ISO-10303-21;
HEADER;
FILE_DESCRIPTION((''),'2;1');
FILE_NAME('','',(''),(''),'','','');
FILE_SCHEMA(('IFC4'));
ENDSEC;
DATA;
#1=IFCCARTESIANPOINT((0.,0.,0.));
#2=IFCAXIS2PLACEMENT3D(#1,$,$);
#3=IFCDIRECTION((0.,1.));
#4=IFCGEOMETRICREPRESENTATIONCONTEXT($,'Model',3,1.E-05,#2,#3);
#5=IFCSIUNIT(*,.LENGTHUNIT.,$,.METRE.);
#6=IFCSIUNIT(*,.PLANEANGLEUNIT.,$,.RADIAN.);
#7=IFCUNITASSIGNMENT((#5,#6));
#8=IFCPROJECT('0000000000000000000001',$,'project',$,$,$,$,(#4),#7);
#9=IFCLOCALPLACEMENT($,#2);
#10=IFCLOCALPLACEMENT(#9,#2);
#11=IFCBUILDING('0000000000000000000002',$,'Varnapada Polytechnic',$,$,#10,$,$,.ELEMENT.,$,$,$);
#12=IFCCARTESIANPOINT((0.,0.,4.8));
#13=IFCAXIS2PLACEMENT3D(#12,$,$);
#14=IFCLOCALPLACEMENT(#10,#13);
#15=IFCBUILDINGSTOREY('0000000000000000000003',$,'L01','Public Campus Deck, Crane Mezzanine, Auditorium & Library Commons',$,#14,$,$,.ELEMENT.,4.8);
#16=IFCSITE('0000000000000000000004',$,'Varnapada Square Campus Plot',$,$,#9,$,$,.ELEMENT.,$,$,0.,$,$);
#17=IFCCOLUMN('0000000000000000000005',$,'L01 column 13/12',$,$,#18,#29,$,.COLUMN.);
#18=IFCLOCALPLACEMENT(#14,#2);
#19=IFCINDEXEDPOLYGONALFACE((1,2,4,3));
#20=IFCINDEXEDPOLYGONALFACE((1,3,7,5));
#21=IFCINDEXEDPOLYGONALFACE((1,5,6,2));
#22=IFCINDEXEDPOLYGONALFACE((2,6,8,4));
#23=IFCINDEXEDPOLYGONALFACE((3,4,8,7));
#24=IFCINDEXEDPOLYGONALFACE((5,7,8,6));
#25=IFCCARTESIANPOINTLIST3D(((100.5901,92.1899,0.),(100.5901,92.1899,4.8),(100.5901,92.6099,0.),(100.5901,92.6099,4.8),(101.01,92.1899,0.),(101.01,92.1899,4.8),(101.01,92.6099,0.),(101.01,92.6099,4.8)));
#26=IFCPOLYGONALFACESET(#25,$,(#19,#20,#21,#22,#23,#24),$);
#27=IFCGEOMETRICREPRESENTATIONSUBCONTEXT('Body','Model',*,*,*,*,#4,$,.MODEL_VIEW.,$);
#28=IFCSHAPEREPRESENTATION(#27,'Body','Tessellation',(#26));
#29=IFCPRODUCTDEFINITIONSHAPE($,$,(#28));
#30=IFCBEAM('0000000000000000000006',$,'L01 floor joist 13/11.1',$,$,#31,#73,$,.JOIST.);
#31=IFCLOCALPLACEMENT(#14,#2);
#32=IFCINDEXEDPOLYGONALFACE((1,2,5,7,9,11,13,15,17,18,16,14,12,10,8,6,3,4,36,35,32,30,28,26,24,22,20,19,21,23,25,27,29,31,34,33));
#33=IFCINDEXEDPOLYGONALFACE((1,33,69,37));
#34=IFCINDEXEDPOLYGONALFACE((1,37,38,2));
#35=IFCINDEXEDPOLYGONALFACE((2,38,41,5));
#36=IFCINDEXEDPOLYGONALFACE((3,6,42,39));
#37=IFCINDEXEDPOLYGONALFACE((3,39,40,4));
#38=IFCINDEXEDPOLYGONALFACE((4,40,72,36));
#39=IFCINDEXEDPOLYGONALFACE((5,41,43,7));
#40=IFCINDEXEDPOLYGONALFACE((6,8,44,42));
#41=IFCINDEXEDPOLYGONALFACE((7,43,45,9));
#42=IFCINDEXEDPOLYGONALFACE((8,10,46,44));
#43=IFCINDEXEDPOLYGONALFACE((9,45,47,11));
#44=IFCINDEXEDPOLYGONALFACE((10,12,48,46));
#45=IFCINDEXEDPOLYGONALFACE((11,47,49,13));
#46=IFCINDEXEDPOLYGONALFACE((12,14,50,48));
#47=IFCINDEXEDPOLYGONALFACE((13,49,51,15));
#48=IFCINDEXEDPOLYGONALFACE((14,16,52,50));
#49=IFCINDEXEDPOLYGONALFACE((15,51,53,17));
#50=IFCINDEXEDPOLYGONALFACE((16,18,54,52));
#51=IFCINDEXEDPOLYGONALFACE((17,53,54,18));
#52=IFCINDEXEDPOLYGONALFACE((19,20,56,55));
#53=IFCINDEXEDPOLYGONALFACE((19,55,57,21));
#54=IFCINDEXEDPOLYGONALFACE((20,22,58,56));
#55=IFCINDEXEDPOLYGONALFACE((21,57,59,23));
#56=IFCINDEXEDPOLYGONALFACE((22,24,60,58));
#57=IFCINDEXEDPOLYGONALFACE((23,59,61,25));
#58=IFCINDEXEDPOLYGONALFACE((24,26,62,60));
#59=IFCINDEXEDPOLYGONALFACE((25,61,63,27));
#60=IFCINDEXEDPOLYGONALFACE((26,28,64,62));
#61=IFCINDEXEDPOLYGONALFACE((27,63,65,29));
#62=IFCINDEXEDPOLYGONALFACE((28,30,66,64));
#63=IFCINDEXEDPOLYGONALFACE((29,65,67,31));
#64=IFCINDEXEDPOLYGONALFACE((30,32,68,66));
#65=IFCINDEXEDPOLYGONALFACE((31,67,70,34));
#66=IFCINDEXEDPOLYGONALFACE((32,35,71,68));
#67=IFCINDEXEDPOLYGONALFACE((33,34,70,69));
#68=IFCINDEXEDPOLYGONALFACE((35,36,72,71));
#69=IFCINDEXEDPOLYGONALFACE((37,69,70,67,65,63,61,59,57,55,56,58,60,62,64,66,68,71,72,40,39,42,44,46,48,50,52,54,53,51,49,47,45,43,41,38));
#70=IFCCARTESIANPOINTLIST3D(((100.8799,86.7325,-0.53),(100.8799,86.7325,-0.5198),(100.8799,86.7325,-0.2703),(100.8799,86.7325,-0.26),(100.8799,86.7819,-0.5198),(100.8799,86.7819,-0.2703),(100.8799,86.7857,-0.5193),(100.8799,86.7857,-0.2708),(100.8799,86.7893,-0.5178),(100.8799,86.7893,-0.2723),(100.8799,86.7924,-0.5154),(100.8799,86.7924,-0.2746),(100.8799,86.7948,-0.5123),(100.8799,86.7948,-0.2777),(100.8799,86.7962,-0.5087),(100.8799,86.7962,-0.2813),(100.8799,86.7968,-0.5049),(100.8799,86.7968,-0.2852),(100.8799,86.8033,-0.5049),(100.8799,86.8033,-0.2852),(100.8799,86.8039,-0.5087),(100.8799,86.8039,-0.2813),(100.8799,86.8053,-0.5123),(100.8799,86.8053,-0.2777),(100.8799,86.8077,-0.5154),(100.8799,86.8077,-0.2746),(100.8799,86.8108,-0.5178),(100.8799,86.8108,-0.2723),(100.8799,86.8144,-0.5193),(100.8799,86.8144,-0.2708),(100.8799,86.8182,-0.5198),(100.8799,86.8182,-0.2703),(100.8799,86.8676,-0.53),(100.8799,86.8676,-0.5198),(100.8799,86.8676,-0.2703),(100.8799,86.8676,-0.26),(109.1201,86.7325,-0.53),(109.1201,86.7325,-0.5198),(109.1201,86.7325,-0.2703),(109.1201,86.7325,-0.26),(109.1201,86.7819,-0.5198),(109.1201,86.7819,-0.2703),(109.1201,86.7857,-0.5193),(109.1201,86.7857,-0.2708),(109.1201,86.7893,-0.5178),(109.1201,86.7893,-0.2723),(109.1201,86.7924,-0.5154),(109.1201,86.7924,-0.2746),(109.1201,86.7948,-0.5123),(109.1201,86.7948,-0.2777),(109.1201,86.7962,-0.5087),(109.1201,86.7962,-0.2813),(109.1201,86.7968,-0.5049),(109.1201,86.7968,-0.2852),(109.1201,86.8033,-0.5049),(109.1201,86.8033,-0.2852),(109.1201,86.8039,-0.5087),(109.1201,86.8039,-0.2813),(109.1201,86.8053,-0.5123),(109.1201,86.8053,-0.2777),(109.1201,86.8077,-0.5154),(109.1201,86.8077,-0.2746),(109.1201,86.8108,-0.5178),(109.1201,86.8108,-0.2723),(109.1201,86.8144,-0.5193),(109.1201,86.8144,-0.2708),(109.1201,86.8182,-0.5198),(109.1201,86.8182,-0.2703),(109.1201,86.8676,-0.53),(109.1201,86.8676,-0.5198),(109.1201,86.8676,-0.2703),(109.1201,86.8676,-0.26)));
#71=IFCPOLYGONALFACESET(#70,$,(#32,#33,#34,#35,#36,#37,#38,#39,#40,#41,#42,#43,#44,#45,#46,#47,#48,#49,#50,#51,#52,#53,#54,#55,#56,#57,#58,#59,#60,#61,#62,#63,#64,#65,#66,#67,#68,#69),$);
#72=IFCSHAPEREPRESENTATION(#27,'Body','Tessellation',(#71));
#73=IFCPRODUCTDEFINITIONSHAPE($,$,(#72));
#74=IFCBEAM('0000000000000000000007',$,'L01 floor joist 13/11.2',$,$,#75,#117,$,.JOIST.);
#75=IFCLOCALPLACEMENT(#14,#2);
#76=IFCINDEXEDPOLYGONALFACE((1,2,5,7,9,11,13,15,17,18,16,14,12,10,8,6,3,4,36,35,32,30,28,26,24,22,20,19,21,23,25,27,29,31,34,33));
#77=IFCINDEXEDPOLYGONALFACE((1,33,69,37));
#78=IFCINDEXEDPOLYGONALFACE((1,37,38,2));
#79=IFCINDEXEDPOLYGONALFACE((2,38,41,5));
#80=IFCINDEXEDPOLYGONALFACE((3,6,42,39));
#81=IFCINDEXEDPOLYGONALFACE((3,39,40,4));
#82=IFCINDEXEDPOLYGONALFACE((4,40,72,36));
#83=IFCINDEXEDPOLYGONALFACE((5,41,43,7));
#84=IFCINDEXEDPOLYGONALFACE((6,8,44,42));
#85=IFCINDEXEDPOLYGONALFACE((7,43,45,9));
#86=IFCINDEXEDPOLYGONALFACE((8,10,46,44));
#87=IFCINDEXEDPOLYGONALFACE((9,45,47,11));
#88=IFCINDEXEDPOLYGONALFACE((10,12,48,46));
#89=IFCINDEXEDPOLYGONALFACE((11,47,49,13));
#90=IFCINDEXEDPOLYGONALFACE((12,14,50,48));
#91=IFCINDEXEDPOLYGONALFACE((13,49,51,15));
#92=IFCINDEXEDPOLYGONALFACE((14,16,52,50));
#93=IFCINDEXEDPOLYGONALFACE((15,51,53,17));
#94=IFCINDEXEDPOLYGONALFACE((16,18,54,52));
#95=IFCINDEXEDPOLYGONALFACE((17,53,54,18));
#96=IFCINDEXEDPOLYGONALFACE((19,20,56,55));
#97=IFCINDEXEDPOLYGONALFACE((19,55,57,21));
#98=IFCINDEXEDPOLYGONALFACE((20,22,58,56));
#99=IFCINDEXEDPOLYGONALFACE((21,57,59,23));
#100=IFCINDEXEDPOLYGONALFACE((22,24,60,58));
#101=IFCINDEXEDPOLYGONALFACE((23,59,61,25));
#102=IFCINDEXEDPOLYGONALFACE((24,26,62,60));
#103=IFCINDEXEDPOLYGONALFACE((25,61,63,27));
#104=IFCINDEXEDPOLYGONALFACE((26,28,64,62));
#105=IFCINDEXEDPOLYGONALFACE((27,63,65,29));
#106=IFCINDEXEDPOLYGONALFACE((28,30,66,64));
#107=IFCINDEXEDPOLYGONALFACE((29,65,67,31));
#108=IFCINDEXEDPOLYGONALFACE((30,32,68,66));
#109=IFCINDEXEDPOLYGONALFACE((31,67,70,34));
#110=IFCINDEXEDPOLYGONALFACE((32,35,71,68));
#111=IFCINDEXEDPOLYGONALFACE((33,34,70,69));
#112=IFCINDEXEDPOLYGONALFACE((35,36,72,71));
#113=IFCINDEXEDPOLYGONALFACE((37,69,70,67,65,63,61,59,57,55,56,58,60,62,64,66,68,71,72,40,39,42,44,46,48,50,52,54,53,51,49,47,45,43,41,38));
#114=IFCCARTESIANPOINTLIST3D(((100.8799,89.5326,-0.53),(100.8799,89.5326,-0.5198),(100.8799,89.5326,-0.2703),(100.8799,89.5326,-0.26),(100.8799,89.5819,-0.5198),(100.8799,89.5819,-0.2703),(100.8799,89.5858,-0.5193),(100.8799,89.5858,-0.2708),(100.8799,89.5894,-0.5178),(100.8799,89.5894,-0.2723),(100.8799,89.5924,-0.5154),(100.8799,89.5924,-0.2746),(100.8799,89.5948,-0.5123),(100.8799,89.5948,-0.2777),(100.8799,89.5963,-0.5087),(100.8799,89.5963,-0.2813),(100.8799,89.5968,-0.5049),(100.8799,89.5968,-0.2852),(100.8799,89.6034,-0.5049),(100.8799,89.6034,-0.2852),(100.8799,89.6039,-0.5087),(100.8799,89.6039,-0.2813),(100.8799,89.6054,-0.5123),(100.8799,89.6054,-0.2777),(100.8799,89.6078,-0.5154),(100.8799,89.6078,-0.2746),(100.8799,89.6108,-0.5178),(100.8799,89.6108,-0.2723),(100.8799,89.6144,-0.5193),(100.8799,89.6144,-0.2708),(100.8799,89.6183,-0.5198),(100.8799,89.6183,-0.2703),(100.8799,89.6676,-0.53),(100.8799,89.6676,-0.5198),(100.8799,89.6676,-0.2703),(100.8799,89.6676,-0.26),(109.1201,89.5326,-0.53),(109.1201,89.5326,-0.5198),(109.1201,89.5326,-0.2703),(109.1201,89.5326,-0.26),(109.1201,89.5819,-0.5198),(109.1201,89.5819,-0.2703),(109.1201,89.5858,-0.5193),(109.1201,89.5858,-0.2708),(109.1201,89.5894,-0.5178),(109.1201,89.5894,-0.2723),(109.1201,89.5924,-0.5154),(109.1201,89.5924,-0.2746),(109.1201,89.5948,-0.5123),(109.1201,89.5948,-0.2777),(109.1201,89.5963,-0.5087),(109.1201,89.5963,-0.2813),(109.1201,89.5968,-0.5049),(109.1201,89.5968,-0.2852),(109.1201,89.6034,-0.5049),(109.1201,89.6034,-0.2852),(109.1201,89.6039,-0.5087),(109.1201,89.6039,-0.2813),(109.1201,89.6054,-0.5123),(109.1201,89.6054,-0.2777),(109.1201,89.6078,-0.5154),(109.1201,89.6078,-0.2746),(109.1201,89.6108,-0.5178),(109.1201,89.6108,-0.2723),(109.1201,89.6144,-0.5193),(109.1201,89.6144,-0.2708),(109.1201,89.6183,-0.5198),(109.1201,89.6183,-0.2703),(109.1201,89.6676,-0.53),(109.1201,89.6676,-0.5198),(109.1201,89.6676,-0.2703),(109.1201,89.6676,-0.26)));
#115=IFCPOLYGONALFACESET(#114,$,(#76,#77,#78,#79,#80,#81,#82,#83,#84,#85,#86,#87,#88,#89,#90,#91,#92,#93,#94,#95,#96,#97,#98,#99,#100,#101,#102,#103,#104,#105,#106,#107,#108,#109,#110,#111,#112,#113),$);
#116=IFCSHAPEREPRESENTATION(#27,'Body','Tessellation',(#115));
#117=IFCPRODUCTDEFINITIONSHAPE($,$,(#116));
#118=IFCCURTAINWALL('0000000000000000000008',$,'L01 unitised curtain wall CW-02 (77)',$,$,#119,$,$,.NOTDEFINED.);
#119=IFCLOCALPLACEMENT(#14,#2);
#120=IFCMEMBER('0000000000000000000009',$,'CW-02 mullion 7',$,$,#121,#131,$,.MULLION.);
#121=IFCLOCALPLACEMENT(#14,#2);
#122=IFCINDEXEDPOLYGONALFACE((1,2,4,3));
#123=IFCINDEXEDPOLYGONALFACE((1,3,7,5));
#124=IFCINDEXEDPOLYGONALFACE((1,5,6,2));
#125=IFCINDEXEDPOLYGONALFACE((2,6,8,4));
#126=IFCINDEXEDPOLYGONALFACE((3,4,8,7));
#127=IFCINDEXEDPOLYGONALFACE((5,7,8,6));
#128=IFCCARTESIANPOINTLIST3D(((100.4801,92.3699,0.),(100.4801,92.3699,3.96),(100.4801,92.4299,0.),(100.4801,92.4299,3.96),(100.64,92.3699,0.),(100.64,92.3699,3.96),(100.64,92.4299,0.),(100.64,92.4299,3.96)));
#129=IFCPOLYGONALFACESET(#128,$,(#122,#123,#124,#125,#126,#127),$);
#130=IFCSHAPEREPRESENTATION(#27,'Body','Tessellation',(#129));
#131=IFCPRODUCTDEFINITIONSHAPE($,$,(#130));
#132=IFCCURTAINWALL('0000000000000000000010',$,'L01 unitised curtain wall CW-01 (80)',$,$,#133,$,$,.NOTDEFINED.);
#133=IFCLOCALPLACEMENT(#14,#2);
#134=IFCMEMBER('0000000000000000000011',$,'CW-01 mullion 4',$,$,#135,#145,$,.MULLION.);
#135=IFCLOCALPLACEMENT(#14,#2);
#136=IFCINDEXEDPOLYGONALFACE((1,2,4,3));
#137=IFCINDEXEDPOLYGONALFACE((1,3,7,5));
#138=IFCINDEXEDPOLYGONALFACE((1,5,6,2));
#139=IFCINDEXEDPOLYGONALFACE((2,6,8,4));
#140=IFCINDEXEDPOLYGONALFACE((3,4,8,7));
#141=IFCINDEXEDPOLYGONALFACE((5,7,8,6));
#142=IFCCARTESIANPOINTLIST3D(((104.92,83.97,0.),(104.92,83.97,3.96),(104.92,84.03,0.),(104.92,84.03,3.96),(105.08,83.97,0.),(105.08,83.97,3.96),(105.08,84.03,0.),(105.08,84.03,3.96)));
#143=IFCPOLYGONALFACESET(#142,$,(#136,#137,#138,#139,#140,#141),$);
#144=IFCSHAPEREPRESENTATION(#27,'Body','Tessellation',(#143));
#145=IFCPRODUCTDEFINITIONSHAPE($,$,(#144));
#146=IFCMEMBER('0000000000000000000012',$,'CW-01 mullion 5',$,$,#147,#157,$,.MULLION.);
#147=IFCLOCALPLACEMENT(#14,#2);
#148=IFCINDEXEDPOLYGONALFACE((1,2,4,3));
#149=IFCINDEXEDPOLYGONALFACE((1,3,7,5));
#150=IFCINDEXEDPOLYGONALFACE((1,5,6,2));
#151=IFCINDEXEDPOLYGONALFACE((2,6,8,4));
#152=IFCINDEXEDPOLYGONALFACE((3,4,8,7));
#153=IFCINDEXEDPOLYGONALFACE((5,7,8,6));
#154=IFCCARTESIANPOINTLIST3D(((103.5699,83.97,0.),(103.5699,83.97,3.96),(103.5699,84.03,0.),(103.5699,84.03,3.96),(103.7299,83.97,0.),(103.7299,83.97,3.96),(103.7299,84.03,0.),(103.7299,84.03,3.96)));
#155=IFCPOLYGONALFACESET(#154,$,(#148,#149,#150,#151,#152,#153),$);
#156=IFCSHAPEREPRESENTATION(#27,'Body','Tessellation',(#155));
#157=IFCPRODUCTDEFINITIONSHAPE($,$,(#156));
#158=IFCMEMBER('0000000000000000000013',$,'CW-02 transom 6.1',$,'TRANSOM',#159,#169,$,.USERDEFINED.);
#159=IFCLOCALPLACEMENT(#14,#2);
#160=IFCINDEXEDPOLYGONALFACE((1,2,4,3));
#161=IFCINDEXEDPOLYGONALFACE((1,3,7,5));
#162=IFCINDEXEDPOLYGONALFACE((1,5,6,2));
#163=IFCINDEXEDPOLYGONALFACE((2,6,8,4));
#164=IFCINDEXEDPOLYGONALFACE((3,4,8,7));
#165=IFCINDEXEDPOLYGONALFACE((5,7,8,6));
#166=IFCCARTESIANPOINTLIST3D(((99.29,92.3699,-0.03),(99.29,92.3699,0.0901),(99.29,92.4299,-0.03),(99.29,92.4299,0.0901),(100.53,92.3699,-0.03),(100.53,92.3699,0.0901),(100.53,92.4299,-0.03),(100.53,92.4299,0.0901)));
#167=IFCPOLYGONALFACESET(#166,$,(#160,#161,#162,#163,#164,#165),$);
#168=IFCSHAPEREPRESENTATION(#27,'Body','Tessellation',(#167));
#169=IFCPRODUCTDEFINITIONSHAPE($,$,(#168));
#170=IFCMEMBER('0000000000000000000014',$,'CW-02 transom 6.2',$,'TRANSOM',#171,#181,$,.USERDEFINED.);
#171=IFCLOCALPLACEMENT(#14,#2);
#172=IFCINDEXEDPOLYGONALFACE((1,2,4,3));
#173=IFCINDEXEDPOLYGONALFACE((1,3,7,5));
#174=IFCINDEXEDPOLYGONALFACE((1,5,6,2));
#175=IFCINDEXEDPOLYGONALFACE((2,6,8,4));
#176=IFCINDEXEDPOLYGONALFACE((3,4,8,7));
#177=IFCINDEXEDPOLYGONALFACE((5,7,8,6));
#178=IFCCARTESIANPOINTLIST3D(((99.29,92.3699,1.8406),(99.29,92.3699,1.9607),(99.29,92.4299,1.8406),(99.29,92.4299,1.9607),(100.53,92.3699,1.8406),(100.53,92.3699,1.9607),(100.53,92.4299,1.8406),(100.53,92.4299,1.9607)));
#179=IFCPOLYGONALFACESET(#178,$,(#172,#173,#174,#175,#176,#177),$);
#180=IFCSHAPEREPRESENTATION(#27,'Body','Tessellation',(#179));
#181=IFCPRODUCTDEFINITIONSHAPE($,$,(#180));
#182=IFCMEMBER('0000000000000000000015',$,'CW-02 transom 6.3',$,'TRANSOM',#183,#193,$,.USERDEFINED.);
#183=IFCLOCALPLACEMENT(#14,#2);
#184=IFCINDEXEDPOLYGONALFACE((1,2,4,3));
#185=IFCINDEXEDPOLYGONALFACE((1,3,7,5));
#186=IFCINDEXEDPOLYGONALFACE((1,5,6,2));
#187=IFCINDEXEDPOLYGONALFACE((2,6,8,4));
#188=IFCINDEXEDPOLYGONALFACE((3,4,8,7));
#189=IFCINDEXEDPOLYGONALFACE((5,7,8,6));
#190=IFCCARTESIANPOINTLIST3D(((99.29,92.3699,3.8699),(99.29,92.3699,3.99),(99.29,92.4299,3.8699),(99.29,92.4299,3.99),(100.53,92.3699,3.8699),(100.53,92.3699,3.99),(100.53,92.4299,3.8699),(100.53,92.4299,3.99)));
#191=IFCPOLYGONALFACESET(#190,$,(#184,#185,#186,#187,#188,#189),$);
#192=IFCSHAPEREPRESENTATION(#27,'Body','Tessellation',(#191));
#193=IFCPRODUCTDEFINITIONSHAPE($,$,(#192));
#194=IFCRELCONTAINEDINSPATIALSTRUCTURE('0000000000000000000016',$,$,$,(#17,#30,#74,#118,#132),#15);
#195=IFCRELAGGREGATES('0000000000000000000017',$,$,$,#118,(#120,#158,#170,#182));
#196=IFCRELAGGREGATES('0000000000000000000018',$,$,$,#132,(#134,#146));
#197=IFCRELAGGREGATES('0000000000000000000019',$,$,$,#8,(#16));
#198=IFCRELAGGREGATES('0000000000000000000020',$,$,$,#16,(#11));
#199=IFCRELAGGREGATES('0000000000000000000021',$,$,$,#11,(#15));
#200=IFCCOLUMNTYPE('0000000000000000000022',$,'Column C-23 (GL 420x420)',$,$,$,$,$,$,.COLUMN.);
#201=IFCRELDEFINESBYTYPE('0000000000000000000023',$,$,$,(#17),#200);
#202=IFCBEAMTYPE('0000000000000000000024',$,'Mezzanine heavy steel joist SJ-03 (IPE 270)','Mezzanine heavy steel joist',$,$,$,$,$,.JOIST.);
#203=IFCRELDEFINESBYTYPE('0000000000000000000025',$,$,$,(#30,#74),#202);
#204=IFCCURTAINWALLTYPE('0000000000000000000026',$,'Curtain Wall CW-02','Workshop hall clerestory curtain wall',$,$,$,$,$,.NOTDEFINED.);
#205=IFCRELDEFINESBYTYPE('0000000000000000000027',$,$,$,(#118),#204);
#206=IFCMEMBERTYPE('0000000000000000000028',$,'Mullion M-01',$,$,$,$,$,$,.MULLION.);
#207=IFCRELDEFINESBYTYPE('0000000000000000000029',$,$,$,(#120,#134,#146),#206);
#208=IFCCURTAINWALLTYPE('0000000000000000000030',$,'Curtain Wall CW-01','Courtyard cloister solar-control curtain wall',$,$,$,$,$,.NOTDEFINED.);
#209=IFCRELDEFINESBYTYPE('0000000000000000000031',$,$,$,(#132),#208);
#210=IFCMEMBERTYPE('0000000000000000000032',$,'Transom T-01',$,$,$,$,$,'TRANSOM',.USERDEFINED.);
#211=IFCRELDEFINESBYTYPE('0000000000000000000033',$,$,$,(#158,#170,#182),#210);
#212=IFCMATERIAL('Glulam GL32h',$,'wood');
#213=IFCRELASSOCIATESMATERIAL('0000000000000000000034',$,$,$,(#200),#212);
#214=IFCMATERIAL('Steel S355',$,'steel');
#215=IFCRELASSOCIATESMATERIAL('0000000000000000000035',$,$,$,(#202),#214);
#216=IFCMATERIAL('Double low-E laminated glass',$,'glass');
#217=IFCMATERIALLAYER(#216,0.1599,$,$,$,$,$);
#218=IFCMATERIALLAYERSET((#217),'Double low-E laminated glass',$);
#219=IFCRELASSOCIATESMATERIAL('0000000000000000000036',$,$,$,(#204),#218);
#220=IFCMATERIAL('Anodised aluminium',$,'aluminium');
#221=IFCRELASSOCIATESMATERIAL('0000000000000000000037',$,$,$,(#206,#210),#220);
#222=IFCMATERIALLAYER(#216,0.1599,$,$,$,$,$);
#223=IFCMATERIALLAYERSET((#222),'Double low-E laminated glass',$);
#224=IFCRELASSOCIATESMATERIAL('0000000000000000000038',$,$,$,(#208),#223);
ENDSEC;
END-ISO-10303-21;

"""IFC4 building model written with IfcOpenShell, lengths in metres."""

from ifc_helpers import new_model, si_unit, direction, frame, origin, origin_2d, place, context, subcontext, project, spatial, rectangle, i_section, extrude, material, layer, layer_set, material_profile, profile_set, type_object, element, aggregate, save


model = new_model("IFC4")

# Units and contexts
model_context = context("Model", 3, precision=1e-05, world=origin(), true_north=direction((0.0, 1.0)))
body_context = subcontext(model_context, "Body", "Model", "MODEL_VIEW")
ifc_project = project(units=[si_unit("LENGTHUNIT", "METRE"), si_unit("PLANEANGLEUNIT", "RADIAN")], contexts=[model_context])

# Site, building, storey
site_placement = place(None, origin())
site = spatial("IfcSite", under=ifc_project, at=site_placement, Name="Varnapada Square Campus Plot", CompositionType="ELEMENT", RefElevation=0.0)
building_placement = place(site_placement, origin())
building = spatial("IfcBuilding", under=site, at=building_placement, Name="Varnapada Polytechnic", CompositionType="ELEMENT")
storey_placement = place(building_placement, frame((0.0, 0.0, 4.8)))
storey = spatial("IfcBuildingStorey", under=building, at=storey_placement, Name="L01", Description="Public Campus Deck, Crane Mezzanine, Auditorium & Library Commons", CompositionType="ELEMENT", Elevation=4.8)

# Column
ifc_material_1 = material(Name="Glulam GL32h", Category="wood")
ifc_material_profile_1 = material_profile(ifc_material_1, rectangle(XDim=0.4199, YDim=0.4199, at=origin_2d()), Name="GL 420x420")
ifc_profile_set_1 = profile_set([ifc_material_profile_1], Name="Glulam GL32h")
column_type = type_object("IfcColumnType", Name="Column C-23 (GL 420x420)", PredefinedType="COLUMN", material=ifc_profile_set_1)
column_placement = place(storey_placement, frame((100.8, 92.3999, 0.0), z_axis=(0.0, 0.0, 1.0), x_axis=(1.0, 0.0, 0.0)))
element("IfcColumn", 1, at=column_placement, inside=storey, type_object=column_type, Name="L01 column 13/12", PredefinedType="COLUMN", context=body_context, shape_type="SweptSolid", body=[
    extrude(rectangle(XDim=0.4199, YDim=0.4199, at=origin_2d()), origin(), (0.0, 0.0, 1.0), 4.8),
])

# Beams
ifc_material_2 = material(Name="Steel S355", Category="steel")
ifc_material_profile_2 = material_profile(ifc_material_2, i_section(OverallWidth=0.135, OverallDepth=0.27, WebThickness=0.0066, FlangeThickness=0.0103, FilletRadius=0.0149, at=origin_2d()), Name="IPE 270")
ifc_profile_set_2 = profile_set([ifc_material_profile_2], Name="Steel S355")
beam_type_1 = type_object("IfcBeamType", Name="Mezzanine heavy steel joist SJ-03 (IPE 270)", Description="Mezzanine heavy steel joist", PredefinedType="JOIST", material=ifc_profile_set_2)
for number, where, z_axis, x_axis, name in (
    (2, (100.8799, 86.8, -0.395), (1.0, 0.0, 0.0), (0.0, 1.0, 0.0), "L01 floor joist 13/11.1"),
    (3, (100.8799, 89.6001, -0.395), (1.0, 0.0, 0.0), (0.0, 1.0, 0.0), "L01 floor joist 13/11.2"),
):
    element("IfcBeam", number, at=place(storey_placement, frame(where, z_axis=z_axis, x_axis=x_axis)), inside=storey, type_object=beam_type_1, Name=name, PredefinedType="JOIST", context=body_context, shape_type="SweptSolid", body=[
        extrude(i_section(OverallWidth=0.135, OverallDepth=0.27, WebThickness=0.0066, FlangeThickness=0.0103, FilletRadius=0.0149, at=origin_2d()), origin(), (0.0, 0.0, 1.0), 8.2402),
    ])

# Curtain wall, member
ifc_material_3 = material(Name="Double low-E laminated glass", Category="glass")
ifc_layer_1 = layer(ifc_material_3, 0.1599)
ifc_layer_set_1 = layer_set([ifc_layer_1], Name="Double low-E laminated glass")
curtain_wall_type_1 = type_object("IfcCurtainWallType", Name="Curtain Wall CW-02", Description="Workshop hall clerestory curtain wall", PredefinedType="NOTDEFINED", material=ifc_layer_set_1)
curtain_wall_1_placement = place(storey_placement, origin())
curtain_wall_1 = element("IfcCurtainWall", 4, at=curtain_wall_1_placement, inside=storey, type_object=curtain_wall_type_1, Name="L01 unitised curtain wall CW-02 (77)", PredefinedType="NOTDEFINED")
ifc_material_4 = material(Name="Anodised aluminium", Category="aluminium")
ifc_material_profile_3 = material_profile(ifc_material_4, rectangle(XDim=0.0601, YDim=0.1599, at=origin_2d()), Name="ALU M60x160")
ifc_profile_set_3 = profile_set([ifc_material_profile_3], Name="Anodised aluminium")
member_type_1 = type_object("IfcMemberType", Name="Mullion M-01", PredefinedType="MULLION", material=ifc_profile_set_3)
member_1_placement = place(storey_placement, frame((100.5601, 92.3999, 0.0), z_axis=(0.0, 0.0, 1.0), x_axis=(0.0, 1.0, 0.0)))
member_1 = element("IfcMember", 5, at=member_1_placement, type_object=member_type_1, Name="CW-02 mullion 7", PredefinedType="MULLION", context=body_context, shape_type="SweptSolid", body=[
    extrude(rectangle(XDim=0.0601, YDim=0.1599, at=origin_2d()), origin(), (0.0, 0.0, 1.0), 3.96),
])

# Curtain wall, members
ifc_layer_2 = layer(ifc_material_3, 0.1599)
ifc_layer_set_2 = layer_set([ifc_layer_2], Name="Double low-E laminated glass")
curtain_wall_type_2 = type_object("IfcCurtainWallType", Name="Curtain Wall CW-01", Description="Courtyard cloister solar-control curtain wall", PredefinedType="NOTDEFINED", material=ifc_layer_set_2)
curtain_wall_2_placement = place(storey_placement, origin())
curtain_wall_2 = element("IfcCurtainWall", 6, at=curtain_wall_2_placement, inside=storey, type_object=curtain_wall_type_2, Name="L01 unitised curtain wall CW-01 (80)", PredefinedType="NOTDEFINED")
member_2_placement = place(storey_placement, frame((105.0, 84.0, 0.0), z_axis=(0.0, 0.0, 1.0), x_axis=(0.0, -1.0, 0.0)))
member_2 = element("IfcMember", 7, at=member_2_placement, type_object=member_type_1, Name="CW-01 mullion 4", PredefinedType="MULLION", context=body_context, shape_type="SweptSolid", body=[
    extrude(rectangle(XDim=0.0601, YDim=0.1599, at=origin_2d()), origin(), (0.0, 0.0, 1.0), 3.96),
])
member_3_placement = place(storey_placement, frame((103.6499, 84.0, 0.0), z_axis=(0.0, 0.0, 1.0), x_axis=(0.0, -1.0, 0.0)))
member_3 = element("IfcMember", 8, at=member_3_placement, type_object=member_type_1, Name="CW-01 mullion 5", PredefinedType="MULLION", context=body_context, shape_type="SweptSolid", body=[
    extrude(rectangle(XDim=0.0601, YDim=0.1599, at=origin_2d()), origin(), (0.0, 0.0, 1.0), 3.96),
])

# Members
ifc_material_profile_4 = material_profile(ifc_material_4, rectangle(XDim=0.0601, YDim=0.1201, at=origin_2d()), Name="ALU T60x120")
ifc_profile_set_4 = profile_set([ifc_material_profile_4], Name="Anodised aluminium")
member_type_2 = type_object("IfcMemberType", Name="Transom T-01", ElementType="TRANSOM", PredefinedType="USERDEFINED", material=ifc_profile_set_4)
member_4_placement = place(storey_placement, frame((99.29, 92.3999, 0.03), z_axis=(1.0, 0.0, 0.0), x_axis=(0.0, 1.0, 0.0)))
member_4 = element("IfcMember", 9, at=member_4_placement, type_object=member_type_2, Name="CW-02 transom 6.1", ObjectType="TRANSOM", PredefinedType="USERDEFINED", context=body_context, shape_type="SweptSolid", body=[
    extrude(rectangle(XDim=0.0601, YDim=0.1201, at=origin_2d()), origin(), (0.0, 0.0, 1.0), 1.24),
])
member_5_placement = place(storey_placement, frame((99.29, 92.3999, 1.9006), z_axis=(1.0, 0.0, 0.0), x_axis=(0.0, 1.0, 0.0)))
member_5 = element("IfcMember", 10, at=member_5_placement, type_object=member_type_2, Name="CW-02 transom 6.2", ObjectType="TRANSOM", PredefinedType="USERDEFINED", context=body_context, shape_type="SweptSolid", body=[
    extrude(rectangle(XDim=0.0601, YDim=0.1201, at=origin_2d()), origin(), (0.0, 0.0, 1.0), 1.24),
])
member_6_placement = place(storey_placement, frame((99.29, 92.3999, 3.9299), z_axis=(1.0, 0.0, 0.0), x_axis=(0.0, 1.0, 0.0)))
member_6 = element("IfcMember", 11, at=member_6_placement, type_object=member_type_2, Name="CW-02 transom 6.3", ObjectType="TRANSOM", PredefinedType="USERDEFINED", context=body_context, shape_type="SweptSolid", body=[
    extrude(rectangle(XDim=0.0601, YDim=0.1201, at=origin_2d()), origin(), (0.0, 0.0, 1.0), 1.24),
])

aggregate(curtain_wall_1, [member_1, member_4, member_5, member_6])
aggregate(curtain_wall_2, [member_2, member_3])

save(model, "model.ifc")
